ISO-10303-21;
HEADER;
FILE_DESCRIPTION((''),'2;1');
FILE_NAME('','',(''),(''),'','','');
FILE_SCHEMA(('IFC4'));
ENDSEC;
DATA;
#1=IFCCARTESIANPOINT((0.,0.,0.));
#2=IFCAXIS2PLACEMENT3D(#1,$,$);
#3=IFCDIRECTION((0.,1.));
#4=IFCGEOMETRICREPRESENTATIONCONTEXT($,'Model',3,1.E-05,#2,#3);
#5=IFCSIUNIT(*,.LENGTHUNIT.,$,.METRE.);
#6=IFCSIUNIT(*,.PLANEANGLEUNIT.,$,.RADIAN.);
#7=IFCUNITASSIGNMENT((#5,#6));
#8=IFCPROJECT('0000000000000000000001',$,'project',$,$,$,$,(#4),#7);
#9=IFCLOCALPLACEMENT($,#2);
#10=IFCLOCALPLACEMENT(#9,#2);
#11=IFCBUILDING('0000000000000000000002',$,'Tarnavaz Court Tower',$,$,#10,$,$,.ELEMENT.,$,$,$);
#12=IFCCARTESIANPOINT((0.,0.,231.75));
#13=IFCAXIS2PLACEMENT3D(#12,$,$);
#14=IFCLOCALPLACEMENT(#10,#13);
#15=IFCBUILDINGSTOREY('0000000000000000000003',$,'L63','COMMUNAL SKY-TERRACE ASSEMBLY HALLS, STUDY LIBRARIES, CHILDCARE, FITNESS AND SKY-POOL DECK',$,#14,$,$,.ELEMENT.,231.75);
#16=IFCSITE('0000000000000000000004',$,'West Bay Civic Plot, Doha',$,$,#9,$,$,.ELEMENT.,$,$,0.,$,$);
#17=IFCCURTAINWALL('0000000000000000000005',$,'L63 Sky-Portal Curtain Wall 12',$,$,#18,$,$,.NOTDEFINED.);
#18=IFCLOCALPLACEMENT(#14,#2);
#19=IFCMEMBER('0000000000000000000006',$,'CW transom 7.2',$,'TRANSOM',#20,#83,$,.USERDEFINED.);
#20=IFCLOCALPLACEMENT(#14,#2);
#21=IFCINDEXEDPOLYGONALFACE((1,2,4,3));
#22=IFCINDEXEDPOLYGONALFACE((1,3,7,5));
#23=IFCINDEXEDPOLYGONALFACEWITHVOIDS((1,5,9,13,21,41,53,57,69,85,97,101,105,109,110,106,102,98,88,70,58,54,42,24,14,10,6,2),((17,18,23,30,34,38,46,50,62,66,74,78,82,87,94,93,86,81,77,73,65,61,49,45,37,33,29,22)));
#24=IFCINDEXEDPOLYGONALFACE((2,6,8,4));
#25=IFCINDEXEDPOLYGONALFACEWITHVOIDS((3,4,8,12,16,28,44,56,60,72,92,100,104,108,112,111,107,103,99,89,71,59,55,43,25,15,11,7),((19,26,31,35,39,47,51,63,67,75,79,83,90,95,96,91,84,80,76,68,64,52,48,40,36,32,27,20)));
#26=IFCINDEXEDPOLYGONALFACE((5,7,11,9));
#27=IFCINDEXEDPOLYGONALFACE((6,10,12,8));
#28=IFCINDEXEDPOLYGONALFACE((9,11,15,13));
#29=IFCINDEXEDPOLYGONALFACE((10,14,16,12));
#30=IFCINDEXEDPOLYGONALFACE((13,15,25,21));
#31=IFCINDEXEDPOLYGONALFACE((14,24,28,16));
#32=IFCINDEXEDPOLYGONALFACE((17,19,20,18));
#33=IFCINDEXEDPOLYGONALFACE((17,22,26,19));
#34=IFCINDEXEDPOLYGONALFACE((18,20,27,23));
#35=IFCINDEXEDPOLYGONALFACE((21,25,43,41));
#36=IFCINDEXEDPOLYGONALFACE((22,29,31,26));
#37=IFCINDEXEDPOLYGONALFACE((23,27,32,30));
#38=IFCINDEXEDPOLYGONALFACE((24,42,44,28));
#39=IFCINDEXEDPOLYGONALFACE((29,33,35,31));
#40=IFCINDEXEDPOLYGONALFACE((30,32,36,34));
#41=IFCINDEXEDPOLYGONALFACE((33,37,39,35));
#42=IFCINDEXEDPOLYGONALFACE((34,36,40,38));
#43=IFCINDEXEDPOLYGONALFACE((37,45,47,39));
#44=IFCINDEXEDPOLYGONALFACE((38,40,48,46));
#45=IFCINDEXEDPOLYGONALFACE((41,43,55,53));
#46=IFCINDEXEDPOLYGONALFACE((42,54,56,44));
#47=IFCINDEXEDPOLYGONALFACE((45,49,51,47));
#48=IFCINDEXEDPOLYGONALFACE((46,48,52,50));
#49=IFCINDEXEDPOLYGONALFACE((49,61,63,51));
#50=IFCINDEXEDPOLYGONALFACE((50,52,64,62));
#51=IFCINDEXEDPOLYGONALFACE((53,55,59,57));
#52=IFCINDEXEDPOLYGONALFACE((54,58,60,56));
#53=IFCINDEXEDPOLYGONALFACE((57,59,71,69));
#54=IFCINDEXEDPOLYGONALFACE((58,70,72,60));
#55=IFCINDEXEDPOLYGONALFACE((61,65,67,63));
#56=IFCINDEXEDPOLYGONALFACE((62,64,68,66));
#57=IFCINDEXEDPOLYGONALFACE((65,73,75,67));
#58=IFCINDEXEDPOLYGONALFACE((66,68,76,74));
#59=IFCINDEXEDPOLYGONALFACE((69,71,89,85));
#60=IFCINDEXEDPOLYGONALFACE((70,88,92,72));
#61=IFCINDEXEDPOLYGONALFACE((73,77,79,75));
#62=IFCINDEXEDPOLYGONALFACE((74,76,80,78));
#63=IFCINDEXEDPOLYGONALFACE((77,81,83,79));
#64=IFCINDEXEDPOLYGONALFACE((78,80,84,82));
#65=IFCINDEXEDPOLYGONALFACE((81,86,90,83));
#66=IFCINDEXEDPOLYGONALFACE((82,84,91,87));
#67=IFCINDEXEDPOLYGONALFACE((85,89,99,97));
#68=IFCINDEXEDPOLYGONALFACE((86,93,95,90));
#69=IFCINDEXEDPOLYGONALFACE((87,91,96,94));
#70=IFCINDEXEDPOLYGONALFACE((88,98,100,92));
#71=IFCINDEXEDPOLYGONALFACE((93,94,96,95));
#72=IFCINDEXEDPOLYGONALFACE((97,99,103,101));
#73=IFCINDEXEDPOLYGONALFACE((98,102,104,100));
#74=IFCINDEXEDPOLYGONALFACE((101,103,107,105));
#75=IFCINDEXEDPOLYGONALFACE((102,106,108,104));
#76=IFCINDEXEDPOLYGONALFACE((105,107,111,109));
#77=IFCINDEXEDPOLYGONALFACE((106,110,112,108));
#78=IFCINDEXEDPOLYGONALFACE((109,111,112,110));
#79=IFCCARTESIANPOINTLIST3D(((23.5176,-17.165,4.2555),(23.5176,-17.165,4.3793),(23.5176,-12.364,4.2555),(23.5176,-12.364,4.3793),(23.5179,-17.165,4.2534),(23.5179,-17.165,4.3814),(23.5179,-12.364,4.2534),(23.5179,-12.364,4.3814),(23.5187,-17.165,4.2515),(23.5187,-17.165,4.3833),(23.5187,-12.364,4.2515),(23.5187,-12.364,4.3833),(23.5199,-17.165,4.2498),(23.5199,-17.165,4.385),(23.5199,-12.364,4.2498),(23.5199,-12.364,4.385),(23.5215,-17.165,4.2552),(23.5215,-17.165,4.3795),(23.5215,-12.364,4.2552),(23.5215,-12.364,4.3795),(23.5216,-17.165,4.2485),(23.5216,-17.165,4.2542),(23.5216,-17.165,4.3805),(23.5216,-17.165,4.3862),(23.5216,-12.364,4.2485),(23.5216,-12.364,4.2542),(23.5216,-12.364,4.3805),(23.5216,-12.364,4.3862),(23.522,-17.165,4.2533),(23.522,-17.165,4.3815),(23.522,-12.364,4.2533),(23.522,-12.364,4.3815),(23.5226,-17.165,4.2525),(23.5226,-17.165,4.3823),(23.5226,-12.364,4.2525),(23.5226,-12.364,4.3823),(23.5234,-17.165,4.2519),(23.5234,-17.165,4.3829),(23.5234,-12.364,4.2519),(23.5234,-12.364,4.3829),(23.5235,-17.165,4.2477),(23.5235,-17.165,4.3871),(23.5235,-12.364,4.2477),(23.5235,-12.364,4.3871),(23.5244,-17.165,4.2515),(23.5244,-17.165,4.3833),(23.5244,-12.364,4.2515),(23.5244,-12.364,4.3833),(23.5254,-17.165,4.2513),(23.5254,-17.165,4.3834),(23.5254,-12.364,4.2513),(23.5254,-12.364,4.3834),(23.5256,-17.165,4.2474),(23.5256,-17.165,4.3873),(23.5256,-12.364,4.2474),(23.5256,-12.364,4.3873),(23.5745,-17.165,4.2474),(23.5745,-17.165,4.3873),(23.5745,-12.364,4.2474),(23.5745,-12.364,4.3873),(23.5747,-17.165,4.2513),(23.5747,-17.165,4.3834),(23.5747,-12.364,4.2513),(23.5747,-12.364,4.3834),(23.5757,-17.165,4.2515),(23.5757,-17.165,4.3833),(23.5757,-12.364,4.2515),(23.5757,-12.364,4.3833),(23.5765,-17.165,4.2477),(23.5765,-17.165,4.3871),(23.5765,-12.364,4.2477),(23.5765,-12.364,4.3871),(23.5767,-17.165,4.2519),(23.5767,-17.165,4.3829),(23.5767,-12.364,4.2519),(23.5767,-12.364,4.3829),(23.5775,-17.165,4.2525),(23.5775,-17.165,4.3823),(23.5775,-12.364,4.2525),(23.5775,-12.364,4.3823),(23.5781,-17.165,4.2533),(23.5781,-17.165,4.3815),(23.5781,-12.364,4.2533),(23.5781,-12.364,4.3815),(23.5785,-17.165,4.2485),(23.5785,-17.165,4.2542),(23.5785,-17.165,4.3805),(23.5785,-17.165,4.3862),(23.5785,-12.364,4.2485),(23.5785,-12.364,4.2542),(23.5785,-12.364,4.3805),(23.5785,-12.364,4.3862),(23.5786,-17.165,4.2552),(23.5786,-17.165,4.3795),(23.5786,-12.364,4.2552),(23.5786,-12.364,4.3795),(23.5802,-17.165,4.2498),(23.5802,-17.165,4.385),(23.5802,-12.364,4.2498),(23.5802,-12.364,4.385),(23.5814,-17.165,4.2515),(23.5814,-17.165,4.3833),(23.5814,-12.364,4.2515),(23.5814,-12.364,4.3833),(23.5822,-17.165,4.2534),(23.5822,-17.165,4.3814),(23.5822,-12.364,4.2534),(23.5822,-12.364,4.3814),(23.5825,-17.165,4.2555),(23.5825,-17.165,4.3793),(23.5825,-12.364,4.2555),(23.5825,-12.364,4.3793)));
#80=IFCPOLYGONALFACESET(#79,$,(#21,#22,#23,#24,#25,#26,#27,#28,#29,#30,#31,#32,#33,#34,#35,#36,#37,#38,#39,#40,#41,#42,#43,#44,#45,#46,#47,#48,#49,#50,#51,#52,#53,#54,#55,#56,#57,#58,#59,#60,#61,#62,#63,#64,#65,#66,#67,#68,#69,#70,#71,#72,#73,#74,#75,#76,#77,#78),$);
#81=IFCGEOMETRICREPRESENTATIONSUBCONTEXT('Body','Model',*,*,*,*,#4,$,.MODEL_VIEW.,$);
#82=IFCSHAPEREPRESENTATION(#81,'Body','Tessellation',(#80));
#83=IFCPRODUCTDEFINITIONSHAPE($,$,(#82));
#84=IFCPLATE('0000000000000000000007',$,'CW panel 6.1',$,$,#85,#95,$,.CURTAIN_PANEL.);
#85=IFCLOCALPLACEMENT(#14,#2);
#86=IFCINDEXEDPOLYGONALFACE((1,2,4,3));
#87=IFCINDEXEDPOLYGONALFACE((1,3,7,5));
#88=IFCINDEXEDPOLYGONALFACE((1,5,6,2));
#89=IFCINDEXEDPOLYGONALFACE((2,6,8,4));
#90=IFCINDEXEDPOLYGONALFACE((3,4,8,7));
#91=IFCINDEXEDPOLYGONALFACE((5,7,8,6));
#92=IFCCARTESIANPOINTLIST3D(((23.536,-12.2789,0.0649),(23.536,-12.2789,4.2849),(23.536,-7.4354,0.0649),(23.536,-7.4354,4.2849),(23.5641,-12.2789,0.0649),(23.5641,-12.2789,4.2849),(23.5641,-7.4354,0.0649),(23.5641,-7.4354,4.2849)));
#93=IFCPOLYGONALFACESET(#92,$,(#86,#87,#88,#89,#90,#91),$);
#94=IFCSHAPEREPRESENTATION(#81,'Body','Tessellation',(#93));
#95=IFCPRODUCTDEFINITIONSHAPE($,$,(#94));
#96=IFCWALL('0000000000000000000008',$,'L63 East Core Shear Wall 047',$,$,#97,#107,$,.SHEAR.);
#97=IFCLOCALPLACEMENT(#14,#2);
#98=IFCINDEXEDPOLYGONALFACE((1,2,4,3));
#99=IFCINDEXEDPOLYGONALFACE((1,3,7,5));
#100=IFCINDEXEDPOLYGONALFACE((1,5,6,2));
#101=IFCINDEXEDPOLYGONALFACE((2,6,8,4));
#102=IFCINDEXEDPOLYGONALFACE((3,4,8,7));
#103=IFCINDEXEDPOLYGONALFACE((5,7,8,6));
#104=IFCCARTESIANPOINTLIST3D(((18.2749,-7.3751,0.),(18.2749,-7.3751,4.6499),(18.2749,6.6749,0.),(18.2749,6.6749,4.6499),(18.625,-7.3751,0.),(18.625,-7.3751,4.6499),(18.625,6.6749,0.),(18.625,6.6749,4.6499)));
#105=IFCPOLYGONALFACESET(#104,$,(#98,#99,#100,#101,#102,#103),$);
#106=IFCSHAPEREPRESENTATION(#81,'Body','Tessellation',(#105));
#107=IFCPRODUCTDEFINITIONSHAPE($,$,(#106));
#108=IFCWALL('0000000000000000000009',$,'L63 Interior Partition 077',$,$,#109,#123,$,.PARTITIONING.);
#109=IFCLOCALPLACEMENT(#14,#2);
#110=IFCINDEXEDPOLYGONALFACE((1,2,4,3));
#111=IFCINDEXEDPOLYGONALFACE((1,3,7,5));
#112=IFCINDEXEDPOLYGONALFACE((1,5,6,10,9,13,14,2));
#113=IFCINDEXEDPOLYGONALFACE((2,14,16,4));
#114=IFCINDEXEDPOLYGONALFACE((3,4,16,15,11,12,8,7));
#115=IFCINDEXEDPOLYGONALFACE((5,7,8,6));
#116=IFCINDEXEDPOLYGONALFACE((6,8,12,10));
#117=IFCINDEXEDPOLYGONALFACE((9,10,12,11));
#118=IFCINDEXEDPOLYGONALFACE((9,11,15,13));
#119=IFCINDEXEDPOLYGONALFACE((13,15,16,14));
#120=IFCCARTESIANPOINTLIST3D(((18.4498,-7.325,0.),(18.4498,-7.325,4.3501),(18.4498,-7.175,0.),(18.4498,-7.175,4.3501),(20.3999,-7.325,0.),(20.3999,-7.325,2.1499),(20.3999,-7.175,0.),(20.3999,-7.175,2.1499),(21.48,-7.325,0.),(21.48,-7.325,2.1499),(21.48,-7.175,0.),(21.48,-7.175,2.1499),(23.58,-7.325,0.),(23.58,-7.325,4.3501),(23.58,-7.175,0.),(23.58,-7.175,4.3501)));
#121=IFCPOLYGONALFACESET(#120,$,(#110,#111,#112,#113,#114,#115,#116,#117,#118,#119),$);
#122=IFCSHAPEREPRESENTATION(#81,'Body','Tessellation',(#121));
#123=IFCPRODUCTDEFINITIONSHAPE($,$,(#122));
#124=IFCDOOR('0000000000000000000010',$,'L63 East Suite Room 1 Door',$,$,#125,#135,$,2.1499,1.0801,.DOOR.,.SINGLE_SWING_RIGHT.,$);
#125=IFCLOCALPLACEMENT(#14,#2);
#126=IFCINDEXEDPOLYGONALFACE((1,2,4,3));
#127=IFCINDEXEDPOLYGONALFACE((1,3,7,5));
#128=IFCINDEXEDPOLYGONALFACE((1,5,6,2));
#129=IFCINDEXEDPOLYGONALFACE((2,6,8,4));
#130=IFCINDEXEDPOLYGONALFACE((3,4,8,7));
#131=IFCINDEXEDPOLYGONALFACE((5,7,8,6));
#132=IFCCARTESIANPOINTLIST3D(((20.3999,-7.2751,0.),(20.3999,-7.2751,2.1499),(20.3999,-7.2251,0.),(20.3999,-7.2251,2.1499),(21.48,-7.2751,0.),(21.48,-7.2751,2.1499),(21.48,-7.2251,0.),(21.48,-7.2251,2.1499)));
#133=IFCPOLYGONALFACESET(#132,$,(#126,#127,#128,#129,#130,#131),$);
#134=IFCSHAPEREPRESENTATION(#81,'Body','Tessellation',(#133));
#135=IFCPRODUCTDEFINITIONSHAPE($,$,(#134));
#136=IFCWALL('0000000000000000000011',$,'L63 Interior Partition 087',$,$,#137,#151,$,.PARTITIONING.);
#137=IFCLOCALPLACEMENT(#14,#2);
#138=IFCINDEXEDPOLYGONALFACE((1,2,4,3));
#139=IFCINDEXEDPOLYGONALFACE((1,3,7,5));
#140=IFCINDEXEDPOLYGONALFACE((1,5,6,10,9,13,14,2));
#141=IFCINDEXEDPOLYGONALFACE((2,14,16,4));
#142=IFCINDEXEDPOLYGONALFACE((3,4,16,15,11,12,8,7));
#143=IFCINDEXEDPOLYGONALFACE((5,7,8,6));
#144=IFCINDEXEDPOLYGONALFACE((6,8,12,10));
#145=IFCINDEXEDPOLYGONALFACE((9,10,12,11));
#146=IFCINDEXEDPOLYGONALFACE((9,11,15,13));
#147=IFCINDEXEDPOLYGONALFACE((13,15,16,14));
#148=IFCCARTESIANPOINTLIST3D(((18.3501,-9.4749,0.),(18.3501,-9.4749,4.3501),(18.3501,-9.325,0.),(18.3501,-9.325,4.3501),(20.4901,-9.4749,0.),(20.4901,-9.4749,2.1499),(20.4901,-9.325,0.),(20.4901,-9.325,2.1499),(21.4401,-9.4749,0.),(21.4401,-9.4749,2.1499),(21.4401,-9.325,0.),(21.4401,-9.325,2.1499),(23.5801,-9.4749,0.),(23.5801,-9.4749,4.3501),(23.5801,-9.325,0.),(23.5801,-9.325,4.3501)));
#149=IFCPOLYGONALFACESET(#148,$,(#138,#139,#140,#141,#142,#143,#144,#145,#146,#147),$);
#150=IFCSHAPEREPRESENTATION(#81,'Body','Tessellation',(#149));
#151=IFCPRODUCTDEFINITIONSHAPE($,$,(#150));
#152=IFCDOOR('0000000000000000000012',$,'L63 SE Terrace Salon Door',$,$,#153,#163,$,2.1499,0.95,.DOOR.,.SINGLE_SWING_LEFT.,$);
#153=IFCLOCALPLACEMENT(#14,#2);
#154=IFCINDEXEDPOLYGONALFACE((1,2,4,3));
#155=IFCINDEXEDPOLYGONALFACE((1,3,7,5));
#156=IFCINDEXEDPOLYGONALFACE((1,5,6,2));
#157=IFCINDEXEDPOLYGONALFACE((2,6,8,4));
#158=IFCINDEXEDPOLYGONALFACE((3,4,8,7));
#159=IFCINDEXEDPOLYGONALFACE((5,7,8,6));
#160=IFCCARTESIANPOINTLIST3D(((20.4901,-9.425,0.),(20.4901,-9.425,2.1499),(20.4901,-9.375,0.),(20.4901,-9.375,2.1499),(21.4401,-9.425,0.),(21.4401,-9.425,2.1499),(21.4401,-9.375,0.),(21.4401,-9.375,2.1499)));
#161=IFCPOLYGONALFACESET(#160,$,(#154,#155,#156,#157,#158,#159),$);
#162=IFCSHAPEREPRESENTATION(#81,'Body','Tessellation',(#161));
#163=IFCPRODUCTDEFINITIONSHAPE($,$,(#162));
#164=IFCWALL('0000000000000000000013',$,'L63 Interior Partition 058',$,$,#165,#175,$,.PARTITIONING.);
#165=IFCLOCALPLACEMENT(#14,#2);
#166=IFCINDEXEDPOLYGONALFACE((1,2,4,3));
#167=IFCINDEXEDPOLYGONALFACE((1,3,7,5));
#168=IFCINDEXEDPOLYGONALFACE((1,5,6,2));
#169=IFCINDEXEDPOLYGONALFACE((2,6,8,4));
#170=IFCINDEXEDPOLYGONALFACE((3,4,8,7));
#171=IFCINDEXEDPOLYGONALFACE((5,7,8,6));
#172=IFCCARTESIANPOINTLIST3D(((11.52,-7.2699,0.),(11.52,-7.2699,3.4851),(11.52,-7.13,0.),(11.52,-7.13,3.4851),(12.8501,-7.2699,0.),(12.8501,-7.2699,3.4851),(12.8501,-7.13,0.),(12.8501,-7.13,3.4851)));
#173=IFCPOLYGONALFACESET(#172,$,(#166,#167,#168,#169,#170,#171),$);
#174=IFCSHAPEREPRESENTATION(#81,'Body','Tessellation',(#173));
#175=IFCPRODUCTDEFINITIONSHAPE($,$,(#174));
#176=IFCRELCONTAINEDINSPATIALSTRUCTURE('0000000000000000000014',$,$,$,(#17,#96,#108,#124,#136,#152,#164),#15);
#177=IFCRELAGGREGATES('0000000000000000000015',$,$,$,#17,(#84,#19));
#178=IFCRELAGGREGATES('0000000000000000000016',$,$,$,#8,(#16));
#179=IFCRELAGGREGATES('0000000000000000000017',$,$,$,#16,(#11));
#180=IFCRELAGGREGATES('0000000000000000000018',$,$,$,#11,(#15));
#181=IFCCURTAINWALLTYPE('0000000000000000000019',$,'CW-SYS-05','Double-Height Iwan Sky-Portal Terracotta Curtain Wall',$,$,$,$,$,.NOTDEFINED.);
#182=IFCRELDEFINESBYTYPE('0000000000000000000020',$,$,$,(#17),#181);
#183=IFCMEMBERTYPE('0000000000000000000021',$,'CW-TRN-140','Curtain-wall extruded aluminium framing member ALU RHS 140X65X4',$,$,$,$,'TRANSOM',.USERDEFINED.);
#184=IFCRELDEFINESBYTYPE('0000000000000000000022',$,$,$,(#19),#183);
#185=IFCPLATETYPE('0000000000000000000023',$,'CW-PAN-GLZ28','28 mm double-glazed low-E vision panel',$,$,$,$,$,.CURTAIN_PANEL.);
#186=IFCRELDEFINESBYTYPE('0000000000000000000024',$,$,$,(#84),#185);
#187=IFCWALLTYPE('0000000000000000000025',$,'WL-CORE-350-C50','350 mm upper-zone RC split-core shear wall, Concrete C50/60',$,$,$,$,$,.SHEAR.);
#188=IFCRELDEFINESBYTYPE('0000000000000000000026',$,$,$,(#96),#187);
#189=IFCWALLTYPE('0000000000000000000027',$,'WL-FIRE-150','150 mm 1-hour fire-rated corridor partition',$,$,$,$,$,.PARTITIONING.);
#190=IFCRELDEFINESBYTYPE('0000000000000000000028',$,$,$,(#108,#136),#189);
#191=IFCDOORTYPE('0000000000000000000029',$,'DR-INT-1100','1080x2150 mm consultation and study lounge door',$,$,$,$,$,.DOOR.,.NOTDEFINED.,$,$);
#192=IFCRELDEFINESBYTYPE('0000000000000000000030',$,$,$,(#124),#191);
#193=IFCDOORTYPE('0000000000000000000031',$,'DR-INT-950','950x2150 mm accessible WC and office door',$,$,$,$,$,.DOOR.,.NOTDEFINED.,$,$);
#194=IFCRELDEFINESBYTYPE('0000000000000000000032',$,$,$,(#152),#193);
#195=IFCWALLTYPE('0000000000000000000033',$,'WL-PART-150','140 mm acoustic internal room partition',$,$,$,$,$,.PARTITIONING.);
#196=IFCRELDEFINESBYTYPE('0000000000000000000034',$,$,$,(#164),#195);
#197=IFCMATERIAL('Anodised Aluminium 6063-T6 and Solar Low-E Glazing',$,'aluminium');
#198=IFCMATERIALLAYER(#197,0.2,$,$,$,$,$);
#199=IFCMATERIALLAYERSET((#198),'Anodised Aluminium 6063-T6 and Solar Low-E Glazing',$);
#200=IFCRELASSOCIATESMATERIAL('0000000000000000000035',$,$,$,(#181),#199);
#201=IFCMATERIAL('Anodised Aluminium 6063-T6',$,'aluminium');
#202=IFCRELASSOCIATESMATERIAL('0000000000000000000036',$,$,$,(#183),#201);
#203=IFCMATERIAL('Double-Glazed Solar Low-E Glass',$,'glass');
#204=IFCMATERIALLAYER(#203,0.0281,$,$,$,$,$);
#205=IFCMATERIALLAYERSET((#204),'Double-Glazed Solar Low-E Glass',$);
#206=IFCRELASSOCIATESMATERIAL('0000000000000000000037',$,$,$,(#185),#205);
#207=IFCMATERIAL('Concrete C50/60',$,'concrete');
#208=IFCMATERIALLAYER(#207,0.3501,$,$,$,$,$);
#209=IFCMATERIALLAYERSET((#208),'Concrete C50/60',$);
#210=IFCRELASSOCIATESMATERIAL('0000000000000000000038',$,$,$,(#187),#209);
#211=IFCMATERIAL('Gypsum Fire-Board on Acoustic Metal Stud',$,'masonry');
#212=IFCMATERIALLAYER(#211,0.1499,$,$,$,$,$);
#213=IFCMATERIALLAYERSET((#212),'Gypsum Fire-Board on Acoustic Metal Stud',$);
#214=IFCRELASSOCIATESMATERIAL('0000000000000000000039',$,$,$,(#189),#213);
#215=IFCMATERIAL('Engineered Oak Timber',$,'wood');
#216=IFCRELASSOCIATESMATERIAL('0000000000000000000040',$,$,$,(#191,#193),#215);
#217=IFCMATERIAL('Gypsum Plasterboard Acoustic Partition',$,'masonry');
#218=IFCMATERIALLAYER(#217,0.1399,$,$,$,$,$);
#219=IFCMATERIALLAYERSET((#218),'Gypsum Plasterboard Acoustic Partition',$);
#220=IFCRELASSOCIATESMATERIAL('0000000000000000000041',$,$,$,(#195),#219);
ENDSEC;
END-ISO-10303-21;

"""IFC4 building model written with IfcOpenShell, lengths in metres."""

from ifc_helpers import new_model, si_unit, direction, frame, frame_2d, origin, origin_2d, place, context, subcontext, project, spatial, rectangle, hollow_rectangle, extrude, material, layer, layer_set, material_profile, profile_set, type_object, element, fill, aggregate, save


model = new_model("IFC4")

# Units and contexts
model_context = context("Model", 3, precision=1e-05, world=origin(), true_north=direction((0.0, 1.0)))
body_context = subcontext(model_context, "Body", "Model", "MODEL_VIEW")
ifc_project = project(units=[si_unit("LENGTHUNIT", "METRE"), si_unit("PLANEANGLEUNIT", "RADIAN")], contexts=[model_context])

# Site, building, storey
site_placement = place(None, origin())
site = spatial("IfcSite", under=ifc_project, at=site_placement, Name="West Bay Civic Plot, Doha", CompositionType="ELEMENT", RefElevation=0.0)
building_placement = place(site_placement, origin())
building = spatial("IfcBuilding", under=site, at=building_placement, Name="Tarnavaz Court Tower", CompositionType="ELEMENT")
storey_placement = place(building_placement, frame((0.0, 0.0, 231.75)))
storey = spatial("IfcBuildingStorey", under=building, at=storey_placement, Name="L63", Description="COMMUNAL SKY-TERRACE ASSEMBLY HALLS, STUDY LIBRARIES, CHILDCARE, FITNESS AND SKY-POOL DECK", CompositionType="ELEMENT", Elevation=231.75)

# Curtain wall, member, plate
ifc_material_1 = material(Name="Anodised Aluminium 6063-T6 and Solar Low-E Glazing", Category="aluminium")
ifc_layer_1 = layer(ifc_material_1, 0.2)
ifc_layer_set_1 = layer_set([ifc_layer_1], Name="Anodised Aluminium 6063-T6 and Solar Low-E Glazing")
curtain_wall_type = type_object("IfcCurtainWallType", Name="CW-SYS-05", Description="Double-Height Iwan Sky-Portal Terracotta Curtain Wall", PredefinedType="NOTDEFINED", material=ifc_layer_set_1)
curtain_wall_placement = place(storey_placement, origin())
curtain_wall = element("IfcCurtainWall", 1, at=curtain_wall_placement, inside=storey, type_object=curtain_wall_type, Name="L63 Sky-Portal Curtain Wall 12", PredefinedType="NOTDEFINED")
ifc_material_2 = material(Name="Anodised Aluminium 6063-T6", Category="aluminium")
ifc_material_profile_1 = material_profile(ifc_material_2, hollow_rectangle(XDim=0.0649, YDim=0.1399, WallThickness=0.0039, InnerFilletRadius=0.0039, OuterFilletRadius=0.0081, at=origin_2d()), Name="ALU RHS 140X65X4")
ifc_profile_set_1 = profile_set([ifc_material_profile_1], Name="Anodised Aluminium 6063-T6")
member_type_1 = type_object("IfcMemberType", Name="CW-TRN-140", Description="Curtain-wall extruded aluminium framing member ALU RHS 140X65X4", ElementType="TRANSOM", PredefinedType="USERDEFINED", material=ifc_profile_set_1)
member_1_placement = place(storey_placement, frame((23.55, -12.364, 4.3174), z_axis=(0.0, -1.0, 0.0), x_axis=(1.0, 0.0, 0.0)))
member_1 = element("IfcMember", 2, at=member_1_placement, type_object=member_type_1, Name="CW transom 7.2", ObjectType="TRANSOM", PredefinedType="USERDEFINED", context=body_context, shape_type="SweptSolid", body=[
    extrude(hollow_rectangle(XDim=0.0649, YDim=0.1399, WallThickness=0.0039, InnerFilletRadius=0.0039, OuterFilletRadius=0.0081, at=origin_2d()), origin(), (0.0, 0.0, 1.0), 4.801),
])
ifc_material_3 = material(Name="Double-Glazed Solar Low-E Glass", Category="glass")
ifc_layer_2 = layer(ifc_material_3, 0.0281)
ifc_layer_set_2 = layer_set([ifc_layer_2], Name="Double-Glazed Solar Low-E Glass")
plate_type = type_object("IfcPlateType", Name="CW-PAN-GLZ28", Description="28 mm double-glazed low-E vision panel", PredefinedType="CURTAIN_PANEL", material=ifc_layer_set_2)
plate_placement = place(storey_placement, frame((23.55, -9.8572, 0.0649), z_axis=(0.0, 0.0, 1.0), x_axis=(0.0, -1.0, 0.0)))
plate = element("IfcPlate", 3, at=plate_placement, type_object=plate_type, Name="CW panel 6.1", PredefinedType="CURTAIN_PANEL", context=body_context, shape_type="SweptSolid", body=[
    extrude(rectangle(XDim=4.8435, YDim=0.0281, at=origin_2d()), origin(), (0.0, 0.0, 1.0), 4.22),
])
aggregate(curtain_wall, [plate, member_1])

# Wall
ifc_material_4 = material(Name="Concrete C50/60", Category="concrete")
ifc_layer_3 = layer(ifc_material_4, 0.3501)
ifc_layer_set_3 = layer_set([ifc_layer_3], Name="Concrete C50/60")
wall_type_1 = type_object("IfcWallType", Name="WL-CORE-350-C50", Description="350 mm upper-zone RC split-core shear wall, Concrete C50/60", PredefinedType="SHEAR", material=ifc_layer_set_3)
wall_1_placement = place(storey_placement, frame((18.45, -7.375, 0.0), z_axis=(0.0, 0.0, 1.0), x_axis=(0.0, 1.0, 0.0)))
element("IfcWall", 4, at=wall_1_placement, inside=storey, type_object=wall_type_1, Name="L63 East Core Shear Wall 047", PredefinedType="SHEAR", context=body_context, shape_type="SweptSolid", body=[
    extrude(rectangle(XDim=14.05, YDim=0.3501, at=frame_2d((7.0249, 0.0))), origin(), (0.0, 0.0, 1.0), 4.6499),
])

# Walls, openings, doors
ifc_material_5 = material(Name="Gypsum Fire-Board on Acoustic Metal Stud", Category="masonry")
ifc_layer_4 = layer(ifc_material_5, 0.1499)
ifc_layer_set_4 = layer_set([ifc_layer_4], Name="Gypsum Fire-Board on Acoustic Metal Stud")
wall_type_2 = type_object("IfcWallType", Name="WL-FIRE-150", Description="150 mm 1-hour fire-rated corridor partition", PredefinedType="PARTITIONING", material=ifc_layer_set_4)
wall_2_placement = place(storey_placement, frame((18.45, -7.25, 0.0), z_axis=(0.0, 0.0, 1.0), x_axis=(1.0, 0.0, 0.0)))
wall_2 = element("IfcWall", 5, at=wall_2_placement, inside=storey, type_object=wall_type_2, Name="L63 Interior Partition 077", PredefinedType="PARTITIONING", context=body_context, shape_type="SweptSolid", body=[
    extrude(rectangle(XDim=5.1301, YDim=0.1499, at=frame_2d((2.5649, 0.0))), origin(), (0.0, 0.0, 1.0), 4.3501),
])
opening_1_placement = place(wall_2_placement, frame((1.95, 0.0, 0.0)))
opening_1 = element("IfcOpeningElement", 6, at=opening_1_placement, cuts=wall_2, PredefinedType="OPENING", context=body_context, shape_type="SweptSolid", body=[
    extrude(rectangle(XDim=1.0801, YDim=2.1499, at=frame_2d((0.54, 1.075))), frame((0.0, 0.085, 0.0), z_axis=(0.0, -1.0, 0.0), x_axis=(1.0, 0.0, 0.0)), (0.0, 0.0, 1.0), 0.1699),
])
ifc_material_6 = material(Name="Engineered Oak Timber", Category="wood")
door_type_1 = type_object("IfcDoorType", Name="DR-INT-1100", Description="1080x2150 mm consultation and study lounge door", OperationType="NOTDEFINED", PredefinedType="DOOR", material=ifc_material_6)
door_1_placement = place(opening_1_placement, origin())
door_1 = element("IfcDoor", 7, at=door_1_placement, inside=storey, type_object=door_type_1, Name="L63 East Suite Room 1 Door", OperationType="SINGLE_SWING_RIGHT", OverallHeight=2.1499, OverallWidth=1.0801, PredefinedType="DOOR", context=body_context, shape_type="SweptSolid", body=[
    extrude(rectangle(XDim=1.0801, YDim=2.1499, at=frame_2d((0.54, 1.075))), frame((0.0, 0.0249, 0.0), z_axis=(0.0, -1.0, 0.0), x_axis=(1.0, 0.0, 0.0)), (0.0, 0.0, 1.0), 0.05),
])
fill(opening_1, door_1)
wall_3_placement = place(storey_placement, frame((18.3501, -9.3999, 0.0), z_axis=(0.0, 0.0, 1.0), x_axis=(1.0, 0.0, 0.0)))
wall_3 = element("IfcWall", 8, at=wall_3_placement, inside=storey, type_object=wall_type_2, Name="L63 Interior Partition 087", PredefinedType="PARTITIONING", context=body_context, shape_type="SweptSolid", body=[
    extrude(rectangle(XDim=5.23, YDim=0.1499, at=frame_2d((2.615, 0.0))), origin(), (0.0, 0.0, 1.0), 4.3501),
])
opening_2_placement = place(wall_3_placement, frame((2.1399, 0.0, 0.0)))
opening_2 = element("IfcOpeningElement", 9, at=opening_2_placement, cuts=wall_3, PredefinedType="OPENING", context=body_context, shape_type="SweptSolid", body=[
    extrude(rectangle(XDim=0.95, YDim=2.1499, at=frame_2d((0.4751, 1.075))), frame((0.0, 0.085, 0.0), z_axis=(0.0, -1.0, 0.0), x_axis=(1.0, 0.0, 0.0)), (0.0, 0.0, 1.0), 0.1699),
])
door_type_2 = type_object("IfcDoorType", Name="DR-INT-950", Description="950x2150 mm accessible WC and office door", OperationType="NOTDEFINED", PredefinedType="DOOR", material=ifc_material_6)
door_2_placement = place(opening_2_placement, origin())
door_2 = element("IfcDoor", 10, at=door_2_placement, inside=storey, type_object=door_type_2, Name="L63 SE Terrace Salon Door", OperationType="SINGLE_SWING_LEFT", OverallHeight=2.1499, OverallWidth=0.95, PredefinedType="DOOR", context=body_context, shape_type="SweptSolid", body=[
    extrude(rectangle(XDim=0.95, YDim=2.1499, at=frame_2d((0.4751, 1.075))), frame((0.0, 0.0249, 0.0), z_axis=(0.0, -1.0, 0.0), x_axis=(1.0, 0.0, 0.0)), (0.0, 0.0, 1.0), 0.05),
])
fill(opening_2, door_2)

# Wall
ifc_material_7 = material(Name="Gypsum Plasterboard Acoustic Partition", Category="masonry")
ifc_layer_5 = layer(ifc_material_7, 0.1399)
ifc_layer_set_5 = layer_set([ifc_layer_5], Name="Gypsum Plasterboard Acoustic Partition")
wall_type_3 = type_object("IfcWallType", Name="WL-PART-150", Description="140 mm acoustic internal room partition", PredefinedType="PARTITIONING", material=ifc_layer_set_5)
wall_4_placement = place(storey_placement, frame((11.52, -7.2, 0.0), z_axis=(0.0, 0.0, 1.0), x_axis=(1.0, 0.0, 0.0)))
element("IfcWall", 11, at=wall_4_placement, inside=storey, type_object=wall_type_3, Name="L63 Interior Partition 058", PredefinedType="PARTITIONING", context=body_context, shape_type="SweptSolid", body=[
    extrude(rectangle(XDim=1.3301, YDim=0.1399, at=frame_2d((0.665, 0.0))), origin(), (0.0, 0.0, 1.0), 3.4851),
])

save(model, "model.ifc")
